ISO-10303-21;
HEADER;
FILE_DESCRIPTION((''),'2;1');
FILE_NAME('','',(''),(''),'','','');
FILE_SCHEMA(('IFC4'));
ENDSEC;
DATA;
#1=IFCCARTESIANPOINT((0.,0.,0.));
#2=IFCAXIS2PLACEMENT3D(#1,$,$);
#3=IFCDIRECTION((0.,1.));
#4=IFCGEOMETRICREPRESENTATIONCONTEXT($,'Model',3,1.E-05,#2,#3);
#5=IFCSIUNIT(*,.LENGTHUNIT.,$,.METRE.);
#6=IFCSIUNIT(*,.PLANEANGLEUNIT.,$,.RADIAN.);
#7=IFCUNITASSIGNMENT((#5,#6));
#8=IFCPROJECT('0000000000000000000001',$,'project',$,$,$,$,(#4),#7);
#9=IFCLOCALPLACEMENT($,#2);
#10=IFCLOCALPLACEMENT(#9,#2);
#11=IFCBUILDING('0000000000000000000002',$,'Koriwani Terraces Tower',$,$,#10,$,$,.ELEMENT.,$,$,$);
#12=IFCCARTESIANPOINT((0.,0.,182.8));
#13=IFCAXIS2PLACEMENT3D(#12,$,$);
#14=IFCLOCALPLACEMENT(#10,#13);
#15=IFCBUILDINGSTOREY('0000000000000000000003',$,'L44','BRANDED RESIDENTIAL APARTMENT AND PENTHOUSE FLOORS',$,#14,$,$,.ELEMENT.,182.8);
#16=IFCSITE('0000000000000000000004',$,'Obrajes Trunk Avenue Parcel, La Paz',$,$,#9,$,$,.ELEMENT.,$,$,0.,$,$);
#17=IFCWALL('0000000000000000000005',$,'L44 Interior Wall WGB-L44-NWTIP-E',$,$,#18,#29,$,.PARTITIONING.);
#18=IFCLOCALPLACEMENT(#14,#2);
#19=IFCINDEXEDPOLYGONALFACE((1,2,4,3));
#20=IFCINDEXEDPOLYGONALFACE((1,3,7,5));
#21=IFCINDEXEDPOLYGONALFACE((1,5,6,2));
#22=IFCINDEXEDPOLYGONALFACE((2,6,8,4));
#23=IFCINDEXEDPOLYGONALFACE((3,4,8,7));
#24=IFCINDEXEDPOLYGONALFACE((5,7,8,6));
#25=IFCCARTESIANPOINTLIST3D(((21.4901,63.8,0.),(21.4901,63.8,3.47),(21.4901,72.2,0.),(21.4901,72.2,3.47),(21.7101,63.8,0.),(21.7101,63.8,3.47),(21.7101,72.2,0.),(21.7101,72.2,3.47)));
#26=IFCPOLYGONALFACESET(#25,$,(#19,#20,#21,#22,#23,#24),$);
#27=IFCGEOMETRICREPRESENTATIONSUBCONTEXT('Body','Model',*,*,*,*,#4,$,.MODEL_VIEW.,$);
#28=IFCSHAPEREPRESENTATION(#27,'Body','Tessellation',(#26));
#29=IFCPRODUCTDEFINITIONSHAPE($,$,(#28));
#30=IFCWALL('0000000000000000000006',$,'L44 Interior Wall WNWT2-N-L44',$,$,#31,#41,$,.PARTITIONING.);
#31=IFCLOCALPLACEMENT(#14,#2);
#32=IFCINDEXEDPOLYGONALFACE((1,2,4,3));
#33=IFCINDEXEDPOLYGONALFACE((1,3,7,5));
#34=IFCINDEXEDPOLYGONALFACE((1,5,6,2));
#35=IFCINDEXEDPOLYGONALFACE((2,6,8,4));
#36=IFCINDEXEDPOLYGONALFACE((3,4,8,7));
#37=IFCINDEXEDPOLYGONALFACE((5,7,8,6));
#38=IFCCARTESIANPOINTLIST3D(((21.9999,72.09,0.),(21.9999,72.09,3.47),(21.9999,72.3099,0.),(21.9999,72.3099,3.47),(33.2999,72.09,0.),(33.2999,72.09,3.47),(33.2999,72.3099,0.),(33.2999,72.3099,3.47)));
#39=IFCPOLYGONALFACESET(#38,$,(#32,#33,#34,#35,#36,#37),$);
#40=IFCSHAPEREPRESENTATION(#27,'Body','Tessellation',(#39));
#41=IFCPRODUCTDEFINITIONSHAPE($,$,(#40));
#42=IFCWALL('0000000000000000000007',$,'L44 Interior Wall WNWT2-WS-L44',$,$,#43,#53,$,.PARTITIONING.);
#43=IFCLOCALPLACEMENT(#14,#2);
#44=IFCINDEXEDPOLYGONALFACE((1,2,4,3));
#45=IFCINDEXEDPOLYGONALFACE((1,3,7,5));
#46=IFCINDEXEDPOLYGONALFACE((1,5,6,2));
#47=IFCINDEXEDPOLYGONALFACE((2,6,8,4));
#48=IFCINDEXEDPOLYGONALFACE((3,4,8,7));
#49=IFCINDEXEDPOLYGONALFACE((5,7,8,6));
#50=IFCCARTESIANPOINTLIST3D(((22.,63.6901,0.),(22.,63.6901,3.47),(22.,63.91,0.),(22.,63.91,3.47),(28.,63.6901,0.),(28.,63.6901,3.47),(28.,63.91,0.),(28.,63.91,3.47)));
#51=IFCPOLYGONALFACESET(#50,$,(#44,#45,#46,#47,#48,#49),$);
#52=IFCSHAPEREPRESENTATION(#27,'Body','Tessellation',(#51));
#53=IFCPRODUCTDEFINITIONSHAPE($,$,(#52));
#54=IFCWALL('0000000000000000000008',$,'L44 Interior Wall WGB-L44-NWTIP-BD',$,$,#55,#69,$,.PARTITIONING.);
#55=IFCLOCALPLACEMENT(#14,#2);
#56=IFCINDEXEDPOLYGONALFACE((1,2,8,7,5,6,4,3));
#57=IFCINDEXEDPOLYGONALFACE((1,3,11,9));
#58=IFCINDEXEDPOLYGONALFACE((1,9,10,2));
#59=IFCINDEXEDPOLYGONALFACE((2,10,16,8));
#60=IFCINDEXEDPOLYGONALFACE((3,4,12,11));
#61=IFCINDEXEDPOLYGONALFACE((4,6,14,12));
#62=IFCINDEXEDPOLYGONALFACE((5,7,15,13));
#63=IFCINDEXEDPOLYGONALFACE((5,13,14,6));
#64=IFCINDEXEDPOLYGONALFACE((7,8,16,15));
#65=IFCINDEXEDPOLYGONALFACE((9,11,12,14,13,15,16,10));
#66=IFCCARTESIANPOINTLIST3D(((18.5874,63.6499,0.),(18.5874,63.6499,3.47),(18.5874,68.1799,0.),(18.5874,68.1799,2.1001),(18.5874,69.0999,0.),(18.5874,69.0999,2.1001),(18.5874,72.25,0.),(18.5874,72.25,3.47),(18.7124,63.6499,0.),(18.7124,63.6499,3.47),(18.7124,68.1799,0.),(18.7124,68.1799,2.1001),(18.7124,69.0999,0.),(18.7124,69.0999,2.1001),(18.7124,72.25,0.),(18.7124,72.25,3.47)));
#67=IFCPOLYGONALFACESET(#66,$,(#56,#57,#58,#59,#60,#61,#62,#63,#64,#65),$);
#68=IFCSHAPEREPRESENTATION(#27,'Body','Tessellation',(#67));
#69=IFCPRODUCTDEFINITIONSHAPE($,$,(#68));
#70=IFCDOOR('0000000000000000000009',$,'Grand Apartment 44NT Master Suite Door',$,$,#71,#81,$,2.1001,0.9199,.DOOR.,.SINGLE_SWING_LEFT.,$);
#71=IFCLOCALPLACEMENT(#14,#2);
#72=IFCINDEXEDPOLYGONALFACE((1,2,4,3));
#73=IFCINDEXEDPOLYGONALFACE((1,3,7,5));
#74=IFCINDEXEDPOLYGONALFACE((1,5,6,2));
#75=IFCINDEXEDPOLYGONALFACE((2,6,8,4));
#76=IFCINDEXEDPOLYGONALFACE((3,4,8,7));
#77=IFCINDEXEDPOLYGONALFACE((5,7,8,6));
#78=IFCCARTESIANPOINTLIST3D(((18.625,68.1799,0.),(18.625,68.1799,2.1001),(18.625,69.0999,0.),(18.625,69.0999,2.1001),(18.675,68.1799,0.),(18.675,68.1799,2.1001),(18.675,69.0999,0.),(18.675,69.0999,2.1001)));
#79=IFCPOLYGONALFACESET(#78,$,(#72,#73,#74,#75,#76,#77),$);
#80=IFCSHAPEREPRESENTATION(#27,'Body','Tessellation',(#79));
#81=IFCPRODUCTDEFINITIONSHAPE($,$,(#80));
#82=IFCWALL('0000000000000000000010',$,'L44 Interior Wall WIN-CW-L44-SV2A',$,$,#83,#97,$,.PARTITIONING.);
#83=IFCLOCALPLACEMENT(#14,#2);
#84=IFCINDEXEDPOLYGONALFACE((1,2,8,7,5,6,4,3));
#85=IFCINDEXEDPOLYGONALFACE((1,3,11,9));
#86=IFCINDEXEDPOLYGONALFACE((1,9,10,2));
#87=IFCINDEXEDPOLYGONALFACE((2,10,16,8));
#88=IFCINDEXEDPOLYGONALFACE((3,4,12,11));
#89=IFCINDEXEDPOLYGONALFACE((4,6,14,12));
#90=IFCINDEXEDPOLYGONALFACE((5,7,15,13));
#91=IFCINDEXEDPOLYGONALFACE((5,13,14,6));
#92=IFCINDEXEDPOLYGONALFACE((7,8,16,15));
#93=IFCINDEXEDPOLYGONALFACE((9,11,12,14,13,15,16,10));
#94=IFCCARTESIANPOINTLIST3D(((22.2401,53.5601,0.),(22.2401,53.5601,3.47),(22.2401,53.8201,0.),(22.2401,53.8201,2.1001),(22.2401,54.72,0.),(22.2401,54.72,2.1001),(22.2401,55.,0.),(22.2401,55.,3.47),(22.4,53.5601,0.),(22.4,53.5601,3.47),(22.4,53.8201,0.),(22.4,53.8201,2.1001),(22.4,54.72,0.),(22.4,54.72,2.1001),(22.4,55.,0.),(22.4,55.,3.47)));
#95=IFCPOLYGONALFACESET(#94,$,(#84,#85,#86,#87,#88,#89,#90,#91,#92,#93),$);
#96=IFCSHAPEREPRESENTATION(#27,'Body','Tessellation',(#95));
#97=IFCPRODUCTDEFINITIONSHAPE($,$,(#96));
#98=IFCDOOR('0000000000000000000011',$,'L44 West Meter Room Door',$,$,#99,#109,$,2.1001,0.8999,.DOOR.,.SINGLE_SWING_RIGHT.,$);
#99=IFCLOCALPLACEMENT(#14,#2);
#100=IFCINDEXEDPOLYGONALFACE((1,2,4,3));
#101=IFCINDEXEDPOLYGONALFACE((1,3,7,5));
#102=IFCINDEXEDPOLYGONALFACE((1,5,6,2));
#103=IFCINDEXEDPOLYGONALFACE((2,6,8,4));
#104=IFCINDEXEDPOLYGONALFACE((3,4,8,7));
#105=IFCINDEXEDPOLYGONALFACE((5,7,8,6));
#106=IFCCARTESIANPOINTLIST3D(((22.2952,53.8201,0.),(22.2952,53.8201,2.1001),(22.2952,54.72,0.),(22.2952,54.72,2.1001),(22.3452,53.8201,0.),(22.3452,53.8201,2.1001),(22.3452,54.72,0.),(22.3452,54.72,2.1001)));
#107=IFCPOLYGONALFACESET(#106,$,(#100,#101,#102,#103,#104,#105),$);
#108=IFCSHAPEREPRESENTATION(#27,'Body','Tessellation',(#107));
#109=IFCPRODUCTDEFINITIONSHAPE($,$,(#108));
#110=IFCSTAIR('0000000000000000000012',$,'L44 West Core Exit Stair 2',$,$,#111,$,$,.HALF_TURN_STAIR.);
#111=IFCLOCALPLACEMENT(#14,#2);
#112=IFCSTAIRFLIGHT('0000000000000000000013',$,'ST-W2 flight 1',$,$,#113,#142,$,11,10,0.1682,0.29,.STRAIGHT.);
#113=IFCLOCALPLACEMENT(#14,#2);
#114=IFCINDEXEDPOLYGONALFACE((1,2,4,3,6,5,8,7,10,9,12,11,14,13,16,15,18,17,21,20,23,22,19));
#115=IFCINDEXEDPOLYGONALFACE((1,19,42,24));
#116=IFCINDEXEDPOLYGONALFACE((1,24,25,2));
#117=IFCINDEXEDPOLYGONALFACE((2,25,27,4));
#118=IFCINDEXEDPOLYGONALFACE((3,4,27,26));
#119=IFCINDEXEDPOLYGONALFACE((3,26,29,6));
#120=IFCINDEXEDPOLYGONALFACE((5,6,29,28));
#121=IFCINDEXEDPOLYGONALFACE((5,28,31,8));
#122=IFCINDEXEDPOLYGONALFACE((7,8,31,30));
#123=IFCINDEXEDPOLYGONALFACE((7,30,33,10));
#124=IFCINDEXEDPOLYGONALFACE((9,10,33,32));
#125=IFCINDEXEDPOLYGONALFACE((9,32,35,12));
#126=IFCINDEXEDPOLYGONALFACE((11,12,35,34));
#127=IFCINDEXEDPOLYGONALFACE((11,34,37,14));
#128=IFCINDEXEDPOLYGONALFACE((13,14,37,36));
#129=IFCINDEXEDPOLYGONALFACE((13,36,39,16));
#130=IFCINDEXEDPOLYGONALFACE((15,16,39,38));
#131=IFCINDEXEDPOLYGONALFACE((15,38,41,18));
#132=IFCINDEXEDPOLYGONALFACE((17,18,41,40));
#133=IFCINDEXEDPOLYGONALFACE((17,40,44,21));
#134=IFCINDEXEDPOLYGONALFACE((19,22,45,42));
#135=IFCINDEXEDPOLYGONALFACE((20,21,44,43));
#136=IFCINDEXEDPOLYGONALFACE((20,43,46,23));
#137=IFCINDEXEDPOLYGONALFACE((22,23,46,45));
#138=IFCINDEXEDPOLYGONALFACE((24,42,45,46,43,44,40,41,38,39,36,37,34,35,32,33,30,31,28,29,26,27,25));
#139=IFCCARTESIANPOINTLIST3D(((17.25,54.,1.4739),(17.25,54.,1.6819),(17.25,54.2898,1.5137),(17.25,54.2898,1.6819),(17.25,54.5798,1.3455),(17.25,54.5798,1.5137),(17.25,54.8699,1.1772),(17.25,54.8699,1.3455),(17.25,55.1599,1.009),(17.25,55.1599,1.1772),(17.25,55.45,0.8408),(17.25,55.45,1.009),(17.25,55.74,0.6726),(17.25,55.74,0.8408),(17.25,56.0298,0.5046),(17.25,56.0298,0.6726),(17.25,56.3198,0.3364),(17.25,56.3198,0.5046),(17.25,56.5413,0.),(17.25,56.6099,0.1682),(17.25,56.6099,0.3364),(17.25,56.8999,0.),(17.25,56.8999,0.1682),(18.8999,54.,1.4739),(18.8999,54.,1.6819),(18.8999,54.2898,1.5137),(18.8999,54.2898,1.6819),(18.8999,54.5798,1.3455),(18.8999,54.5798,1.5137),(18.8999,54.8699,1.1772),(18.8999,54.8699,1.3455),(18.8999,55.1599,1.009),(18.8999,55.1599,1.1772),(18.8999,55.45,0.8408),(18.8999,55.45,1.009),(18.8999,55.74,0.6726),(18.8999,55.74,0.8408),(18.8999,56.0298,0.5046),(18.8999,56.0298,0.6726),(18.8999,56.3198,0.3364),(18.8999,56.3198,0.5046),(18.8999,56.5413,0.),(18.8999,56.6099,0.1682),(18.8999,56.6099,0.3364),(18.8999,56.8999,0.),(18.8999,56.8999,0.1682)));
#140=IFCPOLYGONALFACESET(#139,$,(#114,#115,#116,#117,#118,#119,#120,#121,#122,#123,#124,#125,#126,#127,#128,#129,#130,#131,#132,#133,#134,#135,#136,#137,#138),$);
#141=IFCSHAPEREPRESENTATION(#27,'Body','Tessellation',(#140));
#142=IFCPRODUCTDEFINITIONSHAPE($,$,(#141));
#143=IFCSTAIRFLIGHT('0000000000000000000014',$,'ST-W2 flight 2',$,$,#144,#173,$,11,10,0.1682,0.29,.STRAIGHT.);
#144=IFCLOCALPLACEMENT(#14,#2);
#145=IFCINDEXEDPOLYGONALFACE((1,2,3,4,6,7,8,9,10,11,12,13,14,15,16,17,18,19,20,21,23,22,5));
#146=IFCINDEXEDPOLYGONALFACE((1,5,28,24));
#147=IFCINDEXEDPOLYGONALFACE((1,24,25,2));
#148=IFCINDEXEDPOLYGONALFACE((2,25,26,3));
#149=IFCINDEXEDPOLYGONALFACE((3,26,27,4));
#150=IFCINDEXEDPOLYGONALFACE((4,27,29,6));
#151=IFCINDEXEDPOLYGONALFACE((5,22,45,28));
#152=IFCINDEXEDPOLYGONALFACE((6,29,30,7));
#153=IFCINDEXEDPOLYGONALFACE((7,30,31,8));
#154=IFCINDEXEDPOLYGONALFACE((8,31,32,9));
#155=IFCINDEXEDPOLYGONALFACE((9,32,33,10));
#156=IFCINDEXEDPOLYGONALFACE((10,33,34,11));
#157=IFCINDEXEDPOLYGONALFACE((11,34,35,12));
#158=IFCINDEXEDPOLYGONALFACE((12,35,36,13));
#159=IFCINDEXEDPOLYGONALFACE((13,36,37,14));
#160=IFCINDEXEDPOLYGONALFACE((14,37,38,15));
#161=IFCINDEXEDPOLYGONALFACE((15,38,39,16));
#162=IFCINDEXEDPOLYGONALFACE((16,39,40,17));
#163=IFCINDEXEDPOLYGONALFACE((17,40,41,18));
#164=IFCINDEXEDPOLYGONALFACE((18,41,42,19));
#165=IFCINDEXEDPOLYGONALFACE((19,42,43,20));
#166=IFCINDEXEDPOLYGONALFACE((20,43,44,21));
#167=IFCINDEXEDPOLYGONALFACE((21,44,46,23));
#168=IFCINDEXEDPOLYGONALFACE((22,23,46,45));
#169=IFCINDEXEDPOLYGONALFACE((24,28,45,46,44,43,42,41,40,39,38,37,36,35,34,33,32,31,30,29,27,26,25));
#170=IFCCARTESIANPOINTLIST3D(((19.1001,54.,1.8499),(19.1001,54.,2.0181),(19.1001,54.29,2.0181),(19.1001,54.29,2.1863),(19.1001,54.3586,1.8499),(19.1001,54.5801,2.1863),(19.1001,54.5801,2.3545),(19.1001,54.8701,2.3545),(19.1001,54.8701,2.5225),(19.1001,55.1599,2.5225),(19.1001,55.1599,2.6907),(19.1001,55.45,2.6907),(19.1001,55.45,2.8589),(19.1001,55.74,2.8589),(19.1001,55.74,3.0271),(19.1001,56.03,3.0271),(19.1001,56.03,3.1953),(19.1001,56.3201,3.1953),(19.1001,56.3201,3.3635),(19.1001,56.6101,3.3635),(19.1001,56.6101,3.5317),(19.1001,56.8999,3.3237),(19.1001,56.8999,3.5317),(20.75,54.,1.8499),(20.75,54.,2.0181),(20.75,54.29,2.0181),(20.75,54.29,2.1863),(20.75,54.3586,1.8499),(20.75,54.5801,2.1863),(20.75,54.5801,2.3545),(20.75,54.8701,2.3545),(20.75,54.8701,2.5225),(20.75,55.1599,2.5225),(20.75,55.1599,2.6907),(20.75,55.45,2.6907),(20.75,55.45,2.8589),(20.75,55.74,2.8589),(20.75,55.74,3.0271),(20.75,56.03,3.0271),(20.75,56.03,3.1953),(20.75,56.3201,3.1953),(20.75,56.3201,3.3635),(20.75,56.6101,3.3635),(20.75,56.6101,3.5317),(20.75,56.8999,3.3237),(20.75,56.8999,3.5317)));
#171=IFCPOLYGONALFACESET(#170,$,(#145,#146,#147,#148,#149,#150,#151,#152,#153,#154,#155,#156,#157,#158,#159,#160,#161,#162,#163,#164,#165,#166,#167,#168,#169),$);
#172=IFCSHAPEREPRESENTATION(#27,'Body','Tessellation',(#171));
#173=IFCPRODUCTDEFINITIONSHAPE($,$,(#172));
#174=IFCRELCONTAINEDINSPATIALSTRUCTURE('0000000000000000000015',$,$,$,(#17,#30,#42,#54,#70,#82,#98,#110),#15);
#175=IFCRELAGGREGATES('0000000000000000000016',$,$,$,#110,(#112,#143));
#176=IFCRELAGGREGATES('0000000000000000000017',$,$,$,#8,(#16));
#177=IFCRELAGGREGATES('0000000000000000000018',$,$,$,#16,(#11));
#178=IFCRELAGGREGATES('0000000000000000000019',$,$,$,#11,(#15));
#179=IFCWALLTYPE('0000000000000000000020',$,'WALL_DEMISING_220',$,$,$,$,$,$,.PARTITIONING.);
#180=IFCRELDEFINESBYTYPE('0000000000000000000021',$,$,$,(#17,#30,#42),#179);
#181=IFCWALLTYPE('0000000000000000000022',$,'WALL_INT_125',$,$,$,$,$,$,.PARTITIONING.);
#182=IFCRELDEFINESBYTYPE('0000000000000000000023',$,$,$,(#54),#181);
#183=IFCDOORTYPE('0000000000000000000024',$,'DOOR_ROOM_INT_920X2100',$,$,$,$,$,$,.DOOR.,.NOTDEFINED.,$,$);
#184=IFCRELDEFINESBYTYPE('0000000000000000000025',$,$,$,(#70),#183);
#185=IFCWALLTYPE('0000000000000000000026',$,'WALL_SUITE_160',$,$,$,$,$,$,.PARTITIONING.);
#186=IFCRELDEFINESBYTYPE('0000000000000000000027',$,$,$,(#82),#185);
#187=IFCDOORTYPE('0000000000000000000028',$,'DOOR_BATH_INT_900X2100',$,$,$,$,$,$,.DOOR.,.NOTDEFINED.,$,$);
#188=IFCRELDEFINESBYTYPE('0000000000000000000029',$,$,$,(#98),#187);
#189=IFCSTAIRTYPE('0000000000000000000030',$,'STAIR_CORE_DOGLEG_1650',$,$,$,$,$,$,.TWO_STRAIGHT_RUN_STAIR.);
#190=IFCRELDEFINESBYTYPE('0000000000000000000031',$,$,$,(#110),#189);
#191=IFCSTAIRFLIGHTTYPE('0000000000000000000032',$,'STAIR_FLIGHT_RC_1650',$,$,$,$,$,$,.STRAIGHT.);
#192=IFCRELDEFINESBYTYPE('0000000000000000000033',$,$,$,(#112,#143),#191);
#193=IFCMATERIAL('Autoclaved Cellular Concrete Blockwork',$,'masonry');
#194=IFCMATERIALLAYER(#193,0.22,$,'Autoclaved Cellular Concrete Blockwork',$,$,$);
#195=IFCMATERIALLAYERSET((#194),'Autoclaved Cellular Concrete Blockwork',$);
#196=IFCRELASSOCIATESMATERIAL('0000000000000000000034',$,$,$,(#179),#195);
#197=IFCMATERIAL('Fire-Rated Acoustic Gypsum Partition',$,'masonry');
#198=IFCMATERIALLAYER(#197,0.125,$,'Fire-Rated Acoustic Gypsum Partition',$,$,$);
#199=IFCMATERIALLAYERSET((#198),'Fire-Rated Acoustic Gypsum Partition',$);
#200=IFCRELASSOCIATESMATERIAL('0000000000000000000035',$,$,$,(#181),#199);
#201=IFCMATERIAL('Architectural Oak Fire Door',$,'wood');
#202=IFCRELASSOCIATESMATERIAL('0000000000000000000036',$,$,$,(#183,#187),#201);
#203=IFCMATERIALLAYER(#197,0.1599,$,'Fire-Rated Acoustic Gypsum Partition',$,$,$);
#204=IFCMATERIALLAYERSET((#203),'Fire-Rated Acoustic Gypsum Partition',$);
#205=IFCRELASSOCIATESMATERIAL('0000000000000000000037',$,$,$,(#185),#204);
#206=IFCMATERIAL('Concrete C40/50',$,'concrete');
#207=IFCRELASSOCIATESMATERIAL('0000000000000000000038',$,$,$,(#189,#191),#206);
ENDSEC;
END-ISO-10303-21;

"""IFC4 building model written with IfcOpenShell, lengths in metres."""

from ifc_helpers import new_model, si_unit, direction, frame, frame_2d, origin, place, context, subcontext, project, spatial, polyline, rectangle, outline, extrude, material, layer, layer_set, type_object, element, fill, aggregate, save


model = new_model("IFC4")

# Units and contexts
model_context = context("Model", 3, precision=1e-05, world=origin(), true_north=direction((0.0, 1.0)))
body_context = subcontext(model_context, "Body", "Model", "MODEL_VIEW")
ifc_project = project(units=[si_unit("LENGTHUNIT", "METRE"), si_unit("PLANEANGLEUNIT", "RADIAN")], contexts=[model_context])

# Site, building, storey
site_placement = place(None, origin())
site = spatial("IfcSite", under=ifc_project, at=site_placement, Name="Obrajes Trunk Avenue Parcel, La Paz", CompositionType="ELEMENT", RefElevation=0.0)
building_placement = place(site_placement, origin())
building = spatial("IfcBuilding", under=site, at=building_placement, Name="Koriwani Terraces Tower", CompositionType="ELEMENT")
storey_placement = place(building_placement, frame((0.0, 0.0, 182.8)))
storey = spatial("IfcBuildingStorey", under=building, at=storey_placement, Name="L44", Description="BRANDED RESIDENTIAL APARTMENT AND PENTHOUSE FLOORS", CompositionType="ELEMENT", Elevation=182.8)

# Shared definitions
ifc_material_1 = material(Name="Concrete C40/50", Category="concrete")

# Walls
ifc_material_2 = material(Name="Autoclaved Cellular Concrete Blockwork", Category="masonry")
ifc_layer_1 = layer(ifc_material_2, 0.22, Name="Autoclaved Cellular Concrete Blockwork")
ifc_layer_set_1 = layer_set([ifc_layer_1], Name="Autoclaved Cellular Concrete Blockwork")
wall_type_1 = type_object("IfcWallType", Name="WALL_DEMISING_220", PredefinedType="PARTITIONING", material=ifc_layer_set_1)
wall_1_placement = place(storey_placement, frame((21.6001, 63.8, 0.0), z_axis=(0.0, 0.0, 1.0), x_axis=(0.0, 1.0, 0.0)))
element("IfcWall", 1, at=wall_1_placement, inside=storey, type_object=wall_type_1, Name="L44 Interior Wall WGB-L44-NWTIP-E", PredefinedType="PARTITIONING", context=body_context, shape_type="SweptSolid", body=[
    extrude(rectangle(XDim=8.3999, YDim=0.22, at=frame_2d((4.2, 0.0))), origin(), (0.0, 0.0, 1.0), 3.47),
])
wall_2_placement = place(storey_placement, frame((22.0, 72.2, 0.0), z_axis=(0.0, 0.0, 1.0), x_axis=(1.0, 0.0, 0.0)))
element("IfcWall", 2, at=wall_2_placement, inside=storey, type_object=wall_type_1, Name="L44 Interior Wall WNWT2-N-L44", PredefinedType="PARTITIONING", context=body_context, shape_type="SweptSolid", body=[
    extrude(rectangle(XDim=11.3, YDim=0.22, at=frame_2d((5.6499, 0.0))), origin(), (0.0, 0.0, 1.0), 3.47),
])
wall_3_placement = place(storey_placement, frame((22.0, 63.8, 0.0), z_axis=(0.0, 0.0, 1.0), x_axis=(1.0, 0.0, 0.0)))
element("IfcWall", 3, at=wall_3_placement, inside=storey, type_object=wall_type_1, Name="L44 Interior Wall WNWT2-WS-L44", PredefinedType="PARTITIONING", context=body_context, shape_type="SweptSolid", body=[
    extrude(rectangle(XDim=6.0, YDim=0.22, at=frame_2d((3.0, 0.0))), origin(), (0.0, 0.0, 1.0), 3.47),
])

# Walls, openings, doors
ifc_material_3 = material(Name="Fire-Rated Acoustic Gypsum Partition", Category="masonry")
ifc_layer_2 = layer(ifc_material_3, 0.125, Name="Fire-Rated Acoustic Gypsum Partition")
ifc_layer_set_2 = layer_set([ifc_layer_2], Name="Fire-Rated Acoustic Gypsum Partition")
wall_type_2 = type_object("IfcWallType", Name="WALL_INT_125", PredefinedType="PARTITIONING", material=ifc_layer_set_2)
wall_4_placement = place(storey_placement, frame((18.6499, 63.6499, 0.0), z_axis=(0.0, 0.0, 1.0), x_axis=(0.0, 1.0, 0.0)))
wall_4 = element("IfcWall", 4, at=wall_4_placement, inside=storey, type_object=wall_type_2, Name="L44 Interior Wall WGB-L44-NWTIP-BD", PredefinedType="PARTITIONING", context=body_context, shape_type="SweptSolid", body=[
    extrude(rectangle(XDim=8.6001, YDim=0.125, at=frame_2d((4.3, 0.0))), origin(), (0.0, 0.0, 1.0), 3.47),
])
opening_1_placement = place(wall_4_placement, frame((4.53, 0.0, 0.0)))
opening_1 = element("IfcOpeningElement", 5, at=opening_1_placement, cuts=wall_4, PredefinedType="OPENING", context=body_context, shape_type="SweptSolid", body=[
    extrude(rectangle(XDim=0.9199, YDim=2.1001, at=frame_2d((0.46, 1.05))), frame((0.0, 0.0725, 0.0), z_axis=(0.0, -1.0, 0.0), x_axis=(1.0, 0.0, 0.0)), (0.0, 0.0, 1.0), 0.145),
])
ifc_material_4 = material(Name="Architectural Oak Fire Door", Category="wood")
door_type_1 = type_object("IfcDoorType", Name="DOOR_ROOM_INT_920X2100", OperationType="NOTDEFINED", PredefinedType="DOOR", material=ifc_material_4)
door_1_placement = place(opening_1_placement, origin())
door_1 = element("IfcDoor", 6, at=door_1_placement, inside=storey, type_object=door_type_1, Name="Grand Apartment 44NT Master Suite Door", OperationType="SINGLE_SWING_LEFT", OverallHeight=2.1001, OverallWidth=0.9199, PredefinedType="DOOR", context=body_context, shape_type="SweptSolid", body=[
    extrude(rectangle(XDim=0.9199, YDim=2.1001, at=frame_2d((0.46, 1.05))), frame((0.0, 0.0249, 0.0), z_axis=(0.0, -1.0, 0.0), x_axis=(1.0, 0.0, 0.0)), (0.0, 0.0, 1.0), 0.05),
])
fill(opening_1, door_1)
ifc_layer_3 = layer(ifc_material_3, 0.1599, Name="Fire-Rated Acoustic Gypsum Partition")
ifc_layer_set_3 = layer_set([ifc_layer_3], Name="Fire-Rated Acoustic Gypsum Partition")
wall_type_3 = type_object("IfcWallType", Name="WALL_SUITE_160", PredefinedType="PARTITIONING", material=ifc_layer_set_3)
wall_5_placement = place(storey_placement, frame((22.3201, 53.5601, 0.0), z_axis=(0.0, 0.0, 1.0), x_axis=(0.0, 1.0, 0.0)))
wall_5 = element("IfcWall", 7, at=wall_5_placement, inside=storey, type_object=wall_type_3, Name="L44 Interior Wall WIN-CW-L44-SV2A", PredefinedType="PARTITIONING", context=body_context, shape_type="SweptSolid", body=[
    extrude(rectangle(XDim=1.4399, YDim=0.1599, at=frame_2d((0.72, 0.0))), origin(), (0.0, 0.0, 1.0), 3.47),
])
opening_2_placement = place(wall_5_placement, frame((0.26, 0.0, 0.0)))
opening_2 = element("IfcOpeningElement", 8, at=opening_2_placement, cuts=wall_5, PredefinedType="OPENING", context=body_context, shape_type="SweptSolid", body=[
    extrude(rectangle(XDim=0.8999, YDim=2.1001, at=frame_2d((0.45, 1.05))), frame((0.0, 0.0898, 0.0), z_axis=(0.0, -1.0, 0.0), x_axis=(1.0, 0.0, 0.0)), (0.0, 0.0, 1.0), 0.1799),
])
door_type_2 = type_object("IfcDoorType", Name="DOOR_BATH_INT_900X2100", OperationType="NOTDEFINED", PredefinedType="DOOR", material=ifc_material_4)
door_2_placement = place(opening_2_placement, origin())
door_2 = element("IfcDoor", 9, at=door_2_placement, inside=storey, type_object=door_type_2, Name="L44 West Meter Room Door", OperationType="SINGLE_SWING_RIGHT", OverallHeight=2.1001, OverallWidth=0.8999, PredefinedType="DOOR", context=body_context, shape_type="SweptSolid", body=[
    extrude(rectangle(XDim=0.8999, YDim=2.1001, at=frame_2d((0.45, 1.05))), frame((0.0, 0.0249, 0.0), z_axis=(0.0, -1.0, 0.0), x_axis=(1.0, 0.0, 0.0)), (0.0, 0.0, 1.0), 0.05),
])
fill(opening_2, door_2)

# Stair, stair flights
stair_type = type_object("IfcStairType", Name="STAIR_CORE_DOGLEG_1650", PredefinedType="TWO_STRAIGHT_RUN_STAIR", material=ifc_material_1)
stair_placement = place(storey_placement, origin())
stair = element("IfcStair", 10, at=stair_placement, inside=storey, type_object=stair_type, Name="L44 West Core Exit Stair 2", PredefinedType="HALF_TURN_STAIR")
stair_flight_type = type_object("IfcStairFlightType", Name="STAIR_FLIGHT_RC_1650", PredefinedType="STRAIGHT", material=ifc_material_1)
stair_flight_1_placement = place(storey_placement, frame((18.075, 56.8999, 0.0), z_axis=(0.0, 0.0, 1.0), x_axis=(0.0, -1.0, 0.0)))
stair_flight_1 = element("IfcStairFlight", 11, at=stair_flight_1_placement, type_object=stair_flight_type, Name="ST-W2 flight 1", NumberOfRisers=11, NumberOfTreads=10, PredefinedType="STRAIGHT", RiserHeight=0.1682, TreadLength=0.29, context=body_context, shape_type="SweptSolid", body=[
    extrude(outline(polyline([(0.0, 0.0), (0.0, 0.1682), (0.29, 0.1682), (0.29, 0.3364), (0.5801, 0.3364), (0.5801, 0.5046), (0.8701, 0.5046), (0.8701, 0.6726), (1.1599, 0.6726), (1.1599, 0.8408), (1.45, 0.8408), (1.45, 1.009), (1.74, 1.009), (1.74, 1.1772), (2.03, 1.1772), (2.03, 1.3455), (2.3201, 1.3455), (2.3201, 1.5137), (2.6101, 1.5137), (2.6101, 1.6819), (2.8999, 1.6819), (2.8999, 1.8501), (2.8999, 1.4739), (0.3586, 0.0), (0.0, 0.0)])), frame((0.0, 0.825, 0.0), z_axis=(0.0, -1.0, 0.0), x_axis=(1.0, 0.0, 0.0)), (0.0, 0.0, 1.0), 1.6499),
])
stair_flight_2_placement = place(storey_placement, frame((19.925, 54.0, 1.8499), z_axis=(0.0, 0.0, 1.0), x_axis=(0.0, 1.0, 0.0)))
stair_flight_2 = element("IfcStairFlight", 12, at=stair_flight_2_placement, type_object=stair_flight_type, Name="ST-W2 flight 2", NumberOfRisers=11, NumberOfTreads=10, PredefinedType="STRAIGHT", RiserHeight=0.1682, TreadLength=0.29, context=body_context, shape_type="SweptSolid", body=[
    extrude(outline(polyline([(0.0, 0.0), (0.0, 0.1682), (0.29, 0.1682), (0.29, 0.3364), (0.5801, 0.3364), (0.5801, 0.5046), (0.8701, 0.5046), (0.8701, 0.6726), (1.1599, 0.6726), (1.1599, 0.8408), (1.45, 0.8408), (1.45, 1.009), (1.74, 1.009), (1.74, 1.1772), (2.03, 1.1772), (2.03, 1.3455), (2.3201, 1.3455), (2.3201, 1.5137), (2.6101, 1.5137), (2.6101, 1.6819), (2.8999, 1.6819), (2.8999, 1.8501), (2.8999, 1.4739), (0.3586, 0.0), (0.0, 0.0)])), frame((0.0, 0.825, 0.0), z_axis=(0.0, -1.0, 0.0), x_axis=(1.0, 0.0, 0.0)), (0.0, 0.0, 1.0), 1.6499),
])
aggregate(stair, [stair_flight_1, stair_flight_2])

save(model, "model.ifc")
